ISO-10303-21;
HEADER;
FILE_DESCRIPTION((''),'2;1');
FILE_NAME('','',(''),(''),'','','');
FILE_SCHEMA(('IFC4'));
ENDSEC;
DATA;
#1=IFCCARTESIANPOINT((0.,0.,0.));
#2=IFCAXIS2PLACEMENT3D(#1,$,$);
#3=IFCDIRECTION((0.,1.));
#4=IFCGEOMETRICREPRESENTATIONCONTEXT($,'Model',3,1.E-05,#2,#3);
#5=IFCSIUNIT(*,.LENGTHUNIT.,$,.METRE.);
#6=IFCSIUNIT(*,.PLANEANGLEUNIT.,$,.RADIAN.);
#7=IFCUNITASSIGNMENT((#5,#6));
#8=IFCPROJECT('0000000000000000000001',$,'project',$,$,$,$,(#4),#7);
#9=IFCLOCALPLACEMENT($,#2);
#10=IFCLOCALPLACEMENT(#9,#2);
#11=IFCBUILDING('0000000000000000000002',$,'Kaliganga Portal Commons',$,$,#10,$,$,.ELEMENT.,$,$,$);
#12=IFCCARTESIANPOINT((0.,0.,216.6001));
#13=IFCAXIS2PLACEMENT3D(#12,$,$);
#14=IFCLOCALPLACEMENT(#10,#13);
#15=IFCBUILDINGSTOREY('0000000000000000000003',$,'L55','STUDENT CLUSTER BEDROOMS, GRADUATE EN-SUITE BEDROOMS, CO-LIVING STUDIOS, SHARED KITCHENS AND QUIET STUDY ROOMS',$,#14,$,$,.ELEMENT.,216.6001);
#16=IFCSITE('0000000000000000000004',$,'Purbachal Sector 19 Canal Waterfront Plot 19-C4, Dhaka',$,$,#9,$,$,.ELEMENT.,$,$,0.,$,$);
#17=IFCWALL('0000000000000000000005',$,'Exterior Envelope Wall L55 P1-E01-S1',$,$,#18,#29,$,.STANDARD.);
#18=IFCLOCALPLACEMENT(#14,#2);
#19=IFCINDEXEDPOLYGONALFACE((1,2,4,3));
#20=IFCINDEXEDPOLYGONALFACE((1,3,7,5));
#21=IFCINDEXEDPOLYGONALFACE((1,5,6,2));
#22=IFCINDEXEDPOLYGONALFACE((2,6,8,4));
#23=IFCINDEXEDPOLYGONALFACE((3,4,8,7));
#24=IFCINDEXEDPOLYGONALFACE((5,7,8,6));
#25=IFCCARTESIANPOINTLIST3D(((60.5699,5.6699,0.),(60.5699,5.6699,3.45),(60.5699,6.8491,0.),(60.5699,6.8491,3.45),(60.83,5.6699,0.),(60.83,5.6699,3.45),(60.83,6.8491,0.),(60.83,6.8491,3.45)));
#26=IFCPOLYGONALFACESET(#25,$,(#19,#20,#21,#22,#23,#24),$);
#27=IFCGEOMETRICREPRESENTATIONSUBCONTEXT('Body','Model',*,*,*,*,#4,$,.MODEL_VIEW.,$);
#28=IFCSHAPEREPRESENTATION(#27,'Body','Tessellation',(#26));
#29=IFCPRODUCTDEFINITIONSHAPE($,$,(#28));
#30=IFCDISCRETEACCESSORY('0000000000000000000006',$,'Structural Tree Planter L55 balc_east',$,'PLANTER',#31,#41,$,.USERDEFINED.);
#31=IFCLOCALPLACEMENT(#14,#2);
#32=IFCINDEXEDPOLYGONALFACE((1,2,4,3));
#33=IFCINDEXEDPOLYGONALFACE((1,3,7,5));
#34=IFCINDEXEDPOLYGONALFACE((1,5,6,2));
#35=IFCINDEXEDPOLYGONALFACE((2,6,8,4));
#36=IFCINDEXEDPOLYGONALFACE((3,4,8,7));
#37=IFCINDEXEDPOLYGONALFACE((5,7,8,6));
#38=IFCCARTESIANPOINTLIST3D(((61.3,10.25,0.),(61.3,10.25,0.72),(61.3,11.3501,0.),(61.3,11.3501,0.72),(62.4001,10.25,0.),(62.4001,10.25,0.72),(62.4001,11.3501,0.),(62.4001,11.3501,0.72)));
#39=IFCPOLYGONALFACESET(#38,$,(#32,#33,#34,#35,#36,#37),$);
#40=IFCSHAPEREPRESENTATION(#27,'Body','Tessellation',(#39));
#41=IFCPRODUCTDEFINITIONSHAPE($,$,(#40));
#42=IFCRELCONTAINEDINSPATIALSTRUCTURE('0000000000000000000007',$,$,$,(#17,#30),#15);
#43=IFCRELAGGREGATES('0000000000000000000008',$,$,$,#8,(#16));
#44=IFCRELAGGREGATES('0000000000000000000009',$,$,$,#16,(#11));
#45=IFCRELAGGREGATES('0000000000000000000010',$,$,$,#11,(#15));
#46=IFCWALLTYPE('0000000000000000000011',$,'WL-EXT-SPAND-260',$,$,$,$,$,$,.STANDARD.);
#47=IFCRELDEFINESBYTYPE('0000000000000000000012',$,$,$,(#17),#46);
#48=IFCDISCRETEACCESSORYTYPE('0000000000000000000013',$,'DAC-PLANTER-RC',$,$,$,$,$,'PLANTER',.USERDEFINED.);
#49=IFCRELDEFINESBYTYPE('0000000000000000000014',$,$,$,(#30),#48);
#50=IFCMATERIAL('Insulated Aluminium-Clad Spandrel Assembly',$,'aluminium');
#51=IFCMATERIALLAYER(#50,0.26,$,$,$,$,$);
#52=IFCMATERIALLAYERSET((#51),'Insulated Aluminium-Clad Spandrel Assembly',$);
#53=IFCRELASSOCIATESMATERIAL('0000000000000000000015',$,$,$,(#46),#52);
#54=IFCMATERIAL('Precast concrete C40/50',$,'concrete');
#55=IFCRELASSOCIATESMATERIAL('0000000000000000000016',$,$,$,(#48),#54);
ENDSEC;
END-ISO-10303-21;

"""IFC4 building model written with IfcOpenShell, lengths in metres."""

from ifc_helpers import new_model, si_unit, direction, frame, frame_2d, origin, origin_2d, place, context, subcontext, project, spatial, rectangle, extrude, source, transform, mapped, material, layer, layer_set, type_object, element, save


model = new_model("IFC4")

# Units and contexts
model_context = context("Model", 3, precision=1e-05, world=origin(), true_north=direction((0.0, 1.0)))
body_context = subcontext(model_context, "Body", "Model", "MODEL_VIEW")
ifc_project = project(units=[si_unit("LENGTHUNIT", "METRE"), si_unit("PLANEANGLEUNIT", "RADIAN")], contexts=[model_context])

# Site, building, storey
site_placement = place(None, origin())
site = spatial("IfcSite", under=ifc_project, at=site_placement, Name="Purbachal Sector 19 Canal Waterfront Plot 19-C4, Dhaka", CompositionType="ELEMENT", RefElevation=0.0)
building_placement = place(site_placement, origin())
building = spatial("IfcBuilding", under=site, at=building_placement, Name="Kaliganga Portal Commons", CompositionType="ELEMENT")
storey_placement = place(building_placement, frame((0.0, 0.0, 216.6001)))
storey = spatial("IfcBuildingStorey", under=building, at=storey_placement, Name="L55", Description="STUDENT CLUSTER BEDROOMS, GRADUATE EN-SUITE BEDROOMS, CO-LIVING STUDIOS, SHARED KITCHENS AND QUIET STUDY ROOMS", CompositionType="ELEMENT", Elevation=216.6001)

# Shared definitions
ifc_material_1 = material(Name="Insulated Aluminium-Clad Spandrel Assembly", Category="aluminium")
ifc_layer_1 = layer(ifc_material_1, 0.26)
ifc_layer_set_1 = layer_set([ifc_layer_1], Name="Insulated Aluminium-Clad Spandrel Assembly")
wall_type_1 = type_object("IfcWallType", Name="WL-EXT-SPAND-260", PredefinedType="STANDARD", material=ifc_layer_set_1)

# Wall
wall_1_placement = place(storey_placement, frame((60.7, 6.8491, 0.0), z_axis=(0.0, 0.0, 1.0), x_axis=(0.0, -1.0, 0.0)))
element("IfcWall", 1, at=wall_1_placement, inside=storey, type_object=wall_type_1, Name="Exterior Envelope Wall L55 P1-E01-S1", PredefinedType="STANDARD", context=body_context, shape_type="SweptSolid", body=[
    extrude(rectangle(XDim=1.1792, YDim=0.26, at=frame_2d((0.5896, 0.0))), origin(), (0.0, 0.0, 1.0), 3.45),
])

# Discrete accessory
ifc_material_2 = material(Name="Precast concrete C40/50", Category="concrete")
discrete_accessory_type = type_object("IfcDiscreteAccessoryType", Name="DAC-PLANTER-RC", ElementType="PLANTER", PredefinedType="USERDEFINED", material=ifc_material_2)
shared_shape_1 = source(origin(), body_context, "Body", "SweptSolid", [
    extrude(rectangle(XDim=1.1001, YDim=1.1001, at=origin_2d()), origin(), (0.0, 0.0, 1.0), 0.72),
])
discrete_accessory_placement = place(storey_placement, frame((61.8501, 10.8, 0.0), z_axis=(0.0, 0.0, 1.0), x_axis=(1.0, 0.0, 0.0)))
element("IfcDiscreteAccessory", 2, at=discrete_accessory_placement, inside=storey, type_object=discrete_accessory_type, Name="Structural Tree Planter L55 balc_east", ObjectType="PLANTER", PredefinedType="USERDEFINED", context=body_context, shape_type="MappedRepresentation", body=[
    mapped(shared_shape_1, transform((0.0, 0.0, 0.0), x_axis=(1.0, 0.0, 0.0), y_axis=(0.0, 1.0, 0.0), z_axis=(0.0, 0.0, 1.0), scale=1.0)),
])

save(model, "model.ifc")
